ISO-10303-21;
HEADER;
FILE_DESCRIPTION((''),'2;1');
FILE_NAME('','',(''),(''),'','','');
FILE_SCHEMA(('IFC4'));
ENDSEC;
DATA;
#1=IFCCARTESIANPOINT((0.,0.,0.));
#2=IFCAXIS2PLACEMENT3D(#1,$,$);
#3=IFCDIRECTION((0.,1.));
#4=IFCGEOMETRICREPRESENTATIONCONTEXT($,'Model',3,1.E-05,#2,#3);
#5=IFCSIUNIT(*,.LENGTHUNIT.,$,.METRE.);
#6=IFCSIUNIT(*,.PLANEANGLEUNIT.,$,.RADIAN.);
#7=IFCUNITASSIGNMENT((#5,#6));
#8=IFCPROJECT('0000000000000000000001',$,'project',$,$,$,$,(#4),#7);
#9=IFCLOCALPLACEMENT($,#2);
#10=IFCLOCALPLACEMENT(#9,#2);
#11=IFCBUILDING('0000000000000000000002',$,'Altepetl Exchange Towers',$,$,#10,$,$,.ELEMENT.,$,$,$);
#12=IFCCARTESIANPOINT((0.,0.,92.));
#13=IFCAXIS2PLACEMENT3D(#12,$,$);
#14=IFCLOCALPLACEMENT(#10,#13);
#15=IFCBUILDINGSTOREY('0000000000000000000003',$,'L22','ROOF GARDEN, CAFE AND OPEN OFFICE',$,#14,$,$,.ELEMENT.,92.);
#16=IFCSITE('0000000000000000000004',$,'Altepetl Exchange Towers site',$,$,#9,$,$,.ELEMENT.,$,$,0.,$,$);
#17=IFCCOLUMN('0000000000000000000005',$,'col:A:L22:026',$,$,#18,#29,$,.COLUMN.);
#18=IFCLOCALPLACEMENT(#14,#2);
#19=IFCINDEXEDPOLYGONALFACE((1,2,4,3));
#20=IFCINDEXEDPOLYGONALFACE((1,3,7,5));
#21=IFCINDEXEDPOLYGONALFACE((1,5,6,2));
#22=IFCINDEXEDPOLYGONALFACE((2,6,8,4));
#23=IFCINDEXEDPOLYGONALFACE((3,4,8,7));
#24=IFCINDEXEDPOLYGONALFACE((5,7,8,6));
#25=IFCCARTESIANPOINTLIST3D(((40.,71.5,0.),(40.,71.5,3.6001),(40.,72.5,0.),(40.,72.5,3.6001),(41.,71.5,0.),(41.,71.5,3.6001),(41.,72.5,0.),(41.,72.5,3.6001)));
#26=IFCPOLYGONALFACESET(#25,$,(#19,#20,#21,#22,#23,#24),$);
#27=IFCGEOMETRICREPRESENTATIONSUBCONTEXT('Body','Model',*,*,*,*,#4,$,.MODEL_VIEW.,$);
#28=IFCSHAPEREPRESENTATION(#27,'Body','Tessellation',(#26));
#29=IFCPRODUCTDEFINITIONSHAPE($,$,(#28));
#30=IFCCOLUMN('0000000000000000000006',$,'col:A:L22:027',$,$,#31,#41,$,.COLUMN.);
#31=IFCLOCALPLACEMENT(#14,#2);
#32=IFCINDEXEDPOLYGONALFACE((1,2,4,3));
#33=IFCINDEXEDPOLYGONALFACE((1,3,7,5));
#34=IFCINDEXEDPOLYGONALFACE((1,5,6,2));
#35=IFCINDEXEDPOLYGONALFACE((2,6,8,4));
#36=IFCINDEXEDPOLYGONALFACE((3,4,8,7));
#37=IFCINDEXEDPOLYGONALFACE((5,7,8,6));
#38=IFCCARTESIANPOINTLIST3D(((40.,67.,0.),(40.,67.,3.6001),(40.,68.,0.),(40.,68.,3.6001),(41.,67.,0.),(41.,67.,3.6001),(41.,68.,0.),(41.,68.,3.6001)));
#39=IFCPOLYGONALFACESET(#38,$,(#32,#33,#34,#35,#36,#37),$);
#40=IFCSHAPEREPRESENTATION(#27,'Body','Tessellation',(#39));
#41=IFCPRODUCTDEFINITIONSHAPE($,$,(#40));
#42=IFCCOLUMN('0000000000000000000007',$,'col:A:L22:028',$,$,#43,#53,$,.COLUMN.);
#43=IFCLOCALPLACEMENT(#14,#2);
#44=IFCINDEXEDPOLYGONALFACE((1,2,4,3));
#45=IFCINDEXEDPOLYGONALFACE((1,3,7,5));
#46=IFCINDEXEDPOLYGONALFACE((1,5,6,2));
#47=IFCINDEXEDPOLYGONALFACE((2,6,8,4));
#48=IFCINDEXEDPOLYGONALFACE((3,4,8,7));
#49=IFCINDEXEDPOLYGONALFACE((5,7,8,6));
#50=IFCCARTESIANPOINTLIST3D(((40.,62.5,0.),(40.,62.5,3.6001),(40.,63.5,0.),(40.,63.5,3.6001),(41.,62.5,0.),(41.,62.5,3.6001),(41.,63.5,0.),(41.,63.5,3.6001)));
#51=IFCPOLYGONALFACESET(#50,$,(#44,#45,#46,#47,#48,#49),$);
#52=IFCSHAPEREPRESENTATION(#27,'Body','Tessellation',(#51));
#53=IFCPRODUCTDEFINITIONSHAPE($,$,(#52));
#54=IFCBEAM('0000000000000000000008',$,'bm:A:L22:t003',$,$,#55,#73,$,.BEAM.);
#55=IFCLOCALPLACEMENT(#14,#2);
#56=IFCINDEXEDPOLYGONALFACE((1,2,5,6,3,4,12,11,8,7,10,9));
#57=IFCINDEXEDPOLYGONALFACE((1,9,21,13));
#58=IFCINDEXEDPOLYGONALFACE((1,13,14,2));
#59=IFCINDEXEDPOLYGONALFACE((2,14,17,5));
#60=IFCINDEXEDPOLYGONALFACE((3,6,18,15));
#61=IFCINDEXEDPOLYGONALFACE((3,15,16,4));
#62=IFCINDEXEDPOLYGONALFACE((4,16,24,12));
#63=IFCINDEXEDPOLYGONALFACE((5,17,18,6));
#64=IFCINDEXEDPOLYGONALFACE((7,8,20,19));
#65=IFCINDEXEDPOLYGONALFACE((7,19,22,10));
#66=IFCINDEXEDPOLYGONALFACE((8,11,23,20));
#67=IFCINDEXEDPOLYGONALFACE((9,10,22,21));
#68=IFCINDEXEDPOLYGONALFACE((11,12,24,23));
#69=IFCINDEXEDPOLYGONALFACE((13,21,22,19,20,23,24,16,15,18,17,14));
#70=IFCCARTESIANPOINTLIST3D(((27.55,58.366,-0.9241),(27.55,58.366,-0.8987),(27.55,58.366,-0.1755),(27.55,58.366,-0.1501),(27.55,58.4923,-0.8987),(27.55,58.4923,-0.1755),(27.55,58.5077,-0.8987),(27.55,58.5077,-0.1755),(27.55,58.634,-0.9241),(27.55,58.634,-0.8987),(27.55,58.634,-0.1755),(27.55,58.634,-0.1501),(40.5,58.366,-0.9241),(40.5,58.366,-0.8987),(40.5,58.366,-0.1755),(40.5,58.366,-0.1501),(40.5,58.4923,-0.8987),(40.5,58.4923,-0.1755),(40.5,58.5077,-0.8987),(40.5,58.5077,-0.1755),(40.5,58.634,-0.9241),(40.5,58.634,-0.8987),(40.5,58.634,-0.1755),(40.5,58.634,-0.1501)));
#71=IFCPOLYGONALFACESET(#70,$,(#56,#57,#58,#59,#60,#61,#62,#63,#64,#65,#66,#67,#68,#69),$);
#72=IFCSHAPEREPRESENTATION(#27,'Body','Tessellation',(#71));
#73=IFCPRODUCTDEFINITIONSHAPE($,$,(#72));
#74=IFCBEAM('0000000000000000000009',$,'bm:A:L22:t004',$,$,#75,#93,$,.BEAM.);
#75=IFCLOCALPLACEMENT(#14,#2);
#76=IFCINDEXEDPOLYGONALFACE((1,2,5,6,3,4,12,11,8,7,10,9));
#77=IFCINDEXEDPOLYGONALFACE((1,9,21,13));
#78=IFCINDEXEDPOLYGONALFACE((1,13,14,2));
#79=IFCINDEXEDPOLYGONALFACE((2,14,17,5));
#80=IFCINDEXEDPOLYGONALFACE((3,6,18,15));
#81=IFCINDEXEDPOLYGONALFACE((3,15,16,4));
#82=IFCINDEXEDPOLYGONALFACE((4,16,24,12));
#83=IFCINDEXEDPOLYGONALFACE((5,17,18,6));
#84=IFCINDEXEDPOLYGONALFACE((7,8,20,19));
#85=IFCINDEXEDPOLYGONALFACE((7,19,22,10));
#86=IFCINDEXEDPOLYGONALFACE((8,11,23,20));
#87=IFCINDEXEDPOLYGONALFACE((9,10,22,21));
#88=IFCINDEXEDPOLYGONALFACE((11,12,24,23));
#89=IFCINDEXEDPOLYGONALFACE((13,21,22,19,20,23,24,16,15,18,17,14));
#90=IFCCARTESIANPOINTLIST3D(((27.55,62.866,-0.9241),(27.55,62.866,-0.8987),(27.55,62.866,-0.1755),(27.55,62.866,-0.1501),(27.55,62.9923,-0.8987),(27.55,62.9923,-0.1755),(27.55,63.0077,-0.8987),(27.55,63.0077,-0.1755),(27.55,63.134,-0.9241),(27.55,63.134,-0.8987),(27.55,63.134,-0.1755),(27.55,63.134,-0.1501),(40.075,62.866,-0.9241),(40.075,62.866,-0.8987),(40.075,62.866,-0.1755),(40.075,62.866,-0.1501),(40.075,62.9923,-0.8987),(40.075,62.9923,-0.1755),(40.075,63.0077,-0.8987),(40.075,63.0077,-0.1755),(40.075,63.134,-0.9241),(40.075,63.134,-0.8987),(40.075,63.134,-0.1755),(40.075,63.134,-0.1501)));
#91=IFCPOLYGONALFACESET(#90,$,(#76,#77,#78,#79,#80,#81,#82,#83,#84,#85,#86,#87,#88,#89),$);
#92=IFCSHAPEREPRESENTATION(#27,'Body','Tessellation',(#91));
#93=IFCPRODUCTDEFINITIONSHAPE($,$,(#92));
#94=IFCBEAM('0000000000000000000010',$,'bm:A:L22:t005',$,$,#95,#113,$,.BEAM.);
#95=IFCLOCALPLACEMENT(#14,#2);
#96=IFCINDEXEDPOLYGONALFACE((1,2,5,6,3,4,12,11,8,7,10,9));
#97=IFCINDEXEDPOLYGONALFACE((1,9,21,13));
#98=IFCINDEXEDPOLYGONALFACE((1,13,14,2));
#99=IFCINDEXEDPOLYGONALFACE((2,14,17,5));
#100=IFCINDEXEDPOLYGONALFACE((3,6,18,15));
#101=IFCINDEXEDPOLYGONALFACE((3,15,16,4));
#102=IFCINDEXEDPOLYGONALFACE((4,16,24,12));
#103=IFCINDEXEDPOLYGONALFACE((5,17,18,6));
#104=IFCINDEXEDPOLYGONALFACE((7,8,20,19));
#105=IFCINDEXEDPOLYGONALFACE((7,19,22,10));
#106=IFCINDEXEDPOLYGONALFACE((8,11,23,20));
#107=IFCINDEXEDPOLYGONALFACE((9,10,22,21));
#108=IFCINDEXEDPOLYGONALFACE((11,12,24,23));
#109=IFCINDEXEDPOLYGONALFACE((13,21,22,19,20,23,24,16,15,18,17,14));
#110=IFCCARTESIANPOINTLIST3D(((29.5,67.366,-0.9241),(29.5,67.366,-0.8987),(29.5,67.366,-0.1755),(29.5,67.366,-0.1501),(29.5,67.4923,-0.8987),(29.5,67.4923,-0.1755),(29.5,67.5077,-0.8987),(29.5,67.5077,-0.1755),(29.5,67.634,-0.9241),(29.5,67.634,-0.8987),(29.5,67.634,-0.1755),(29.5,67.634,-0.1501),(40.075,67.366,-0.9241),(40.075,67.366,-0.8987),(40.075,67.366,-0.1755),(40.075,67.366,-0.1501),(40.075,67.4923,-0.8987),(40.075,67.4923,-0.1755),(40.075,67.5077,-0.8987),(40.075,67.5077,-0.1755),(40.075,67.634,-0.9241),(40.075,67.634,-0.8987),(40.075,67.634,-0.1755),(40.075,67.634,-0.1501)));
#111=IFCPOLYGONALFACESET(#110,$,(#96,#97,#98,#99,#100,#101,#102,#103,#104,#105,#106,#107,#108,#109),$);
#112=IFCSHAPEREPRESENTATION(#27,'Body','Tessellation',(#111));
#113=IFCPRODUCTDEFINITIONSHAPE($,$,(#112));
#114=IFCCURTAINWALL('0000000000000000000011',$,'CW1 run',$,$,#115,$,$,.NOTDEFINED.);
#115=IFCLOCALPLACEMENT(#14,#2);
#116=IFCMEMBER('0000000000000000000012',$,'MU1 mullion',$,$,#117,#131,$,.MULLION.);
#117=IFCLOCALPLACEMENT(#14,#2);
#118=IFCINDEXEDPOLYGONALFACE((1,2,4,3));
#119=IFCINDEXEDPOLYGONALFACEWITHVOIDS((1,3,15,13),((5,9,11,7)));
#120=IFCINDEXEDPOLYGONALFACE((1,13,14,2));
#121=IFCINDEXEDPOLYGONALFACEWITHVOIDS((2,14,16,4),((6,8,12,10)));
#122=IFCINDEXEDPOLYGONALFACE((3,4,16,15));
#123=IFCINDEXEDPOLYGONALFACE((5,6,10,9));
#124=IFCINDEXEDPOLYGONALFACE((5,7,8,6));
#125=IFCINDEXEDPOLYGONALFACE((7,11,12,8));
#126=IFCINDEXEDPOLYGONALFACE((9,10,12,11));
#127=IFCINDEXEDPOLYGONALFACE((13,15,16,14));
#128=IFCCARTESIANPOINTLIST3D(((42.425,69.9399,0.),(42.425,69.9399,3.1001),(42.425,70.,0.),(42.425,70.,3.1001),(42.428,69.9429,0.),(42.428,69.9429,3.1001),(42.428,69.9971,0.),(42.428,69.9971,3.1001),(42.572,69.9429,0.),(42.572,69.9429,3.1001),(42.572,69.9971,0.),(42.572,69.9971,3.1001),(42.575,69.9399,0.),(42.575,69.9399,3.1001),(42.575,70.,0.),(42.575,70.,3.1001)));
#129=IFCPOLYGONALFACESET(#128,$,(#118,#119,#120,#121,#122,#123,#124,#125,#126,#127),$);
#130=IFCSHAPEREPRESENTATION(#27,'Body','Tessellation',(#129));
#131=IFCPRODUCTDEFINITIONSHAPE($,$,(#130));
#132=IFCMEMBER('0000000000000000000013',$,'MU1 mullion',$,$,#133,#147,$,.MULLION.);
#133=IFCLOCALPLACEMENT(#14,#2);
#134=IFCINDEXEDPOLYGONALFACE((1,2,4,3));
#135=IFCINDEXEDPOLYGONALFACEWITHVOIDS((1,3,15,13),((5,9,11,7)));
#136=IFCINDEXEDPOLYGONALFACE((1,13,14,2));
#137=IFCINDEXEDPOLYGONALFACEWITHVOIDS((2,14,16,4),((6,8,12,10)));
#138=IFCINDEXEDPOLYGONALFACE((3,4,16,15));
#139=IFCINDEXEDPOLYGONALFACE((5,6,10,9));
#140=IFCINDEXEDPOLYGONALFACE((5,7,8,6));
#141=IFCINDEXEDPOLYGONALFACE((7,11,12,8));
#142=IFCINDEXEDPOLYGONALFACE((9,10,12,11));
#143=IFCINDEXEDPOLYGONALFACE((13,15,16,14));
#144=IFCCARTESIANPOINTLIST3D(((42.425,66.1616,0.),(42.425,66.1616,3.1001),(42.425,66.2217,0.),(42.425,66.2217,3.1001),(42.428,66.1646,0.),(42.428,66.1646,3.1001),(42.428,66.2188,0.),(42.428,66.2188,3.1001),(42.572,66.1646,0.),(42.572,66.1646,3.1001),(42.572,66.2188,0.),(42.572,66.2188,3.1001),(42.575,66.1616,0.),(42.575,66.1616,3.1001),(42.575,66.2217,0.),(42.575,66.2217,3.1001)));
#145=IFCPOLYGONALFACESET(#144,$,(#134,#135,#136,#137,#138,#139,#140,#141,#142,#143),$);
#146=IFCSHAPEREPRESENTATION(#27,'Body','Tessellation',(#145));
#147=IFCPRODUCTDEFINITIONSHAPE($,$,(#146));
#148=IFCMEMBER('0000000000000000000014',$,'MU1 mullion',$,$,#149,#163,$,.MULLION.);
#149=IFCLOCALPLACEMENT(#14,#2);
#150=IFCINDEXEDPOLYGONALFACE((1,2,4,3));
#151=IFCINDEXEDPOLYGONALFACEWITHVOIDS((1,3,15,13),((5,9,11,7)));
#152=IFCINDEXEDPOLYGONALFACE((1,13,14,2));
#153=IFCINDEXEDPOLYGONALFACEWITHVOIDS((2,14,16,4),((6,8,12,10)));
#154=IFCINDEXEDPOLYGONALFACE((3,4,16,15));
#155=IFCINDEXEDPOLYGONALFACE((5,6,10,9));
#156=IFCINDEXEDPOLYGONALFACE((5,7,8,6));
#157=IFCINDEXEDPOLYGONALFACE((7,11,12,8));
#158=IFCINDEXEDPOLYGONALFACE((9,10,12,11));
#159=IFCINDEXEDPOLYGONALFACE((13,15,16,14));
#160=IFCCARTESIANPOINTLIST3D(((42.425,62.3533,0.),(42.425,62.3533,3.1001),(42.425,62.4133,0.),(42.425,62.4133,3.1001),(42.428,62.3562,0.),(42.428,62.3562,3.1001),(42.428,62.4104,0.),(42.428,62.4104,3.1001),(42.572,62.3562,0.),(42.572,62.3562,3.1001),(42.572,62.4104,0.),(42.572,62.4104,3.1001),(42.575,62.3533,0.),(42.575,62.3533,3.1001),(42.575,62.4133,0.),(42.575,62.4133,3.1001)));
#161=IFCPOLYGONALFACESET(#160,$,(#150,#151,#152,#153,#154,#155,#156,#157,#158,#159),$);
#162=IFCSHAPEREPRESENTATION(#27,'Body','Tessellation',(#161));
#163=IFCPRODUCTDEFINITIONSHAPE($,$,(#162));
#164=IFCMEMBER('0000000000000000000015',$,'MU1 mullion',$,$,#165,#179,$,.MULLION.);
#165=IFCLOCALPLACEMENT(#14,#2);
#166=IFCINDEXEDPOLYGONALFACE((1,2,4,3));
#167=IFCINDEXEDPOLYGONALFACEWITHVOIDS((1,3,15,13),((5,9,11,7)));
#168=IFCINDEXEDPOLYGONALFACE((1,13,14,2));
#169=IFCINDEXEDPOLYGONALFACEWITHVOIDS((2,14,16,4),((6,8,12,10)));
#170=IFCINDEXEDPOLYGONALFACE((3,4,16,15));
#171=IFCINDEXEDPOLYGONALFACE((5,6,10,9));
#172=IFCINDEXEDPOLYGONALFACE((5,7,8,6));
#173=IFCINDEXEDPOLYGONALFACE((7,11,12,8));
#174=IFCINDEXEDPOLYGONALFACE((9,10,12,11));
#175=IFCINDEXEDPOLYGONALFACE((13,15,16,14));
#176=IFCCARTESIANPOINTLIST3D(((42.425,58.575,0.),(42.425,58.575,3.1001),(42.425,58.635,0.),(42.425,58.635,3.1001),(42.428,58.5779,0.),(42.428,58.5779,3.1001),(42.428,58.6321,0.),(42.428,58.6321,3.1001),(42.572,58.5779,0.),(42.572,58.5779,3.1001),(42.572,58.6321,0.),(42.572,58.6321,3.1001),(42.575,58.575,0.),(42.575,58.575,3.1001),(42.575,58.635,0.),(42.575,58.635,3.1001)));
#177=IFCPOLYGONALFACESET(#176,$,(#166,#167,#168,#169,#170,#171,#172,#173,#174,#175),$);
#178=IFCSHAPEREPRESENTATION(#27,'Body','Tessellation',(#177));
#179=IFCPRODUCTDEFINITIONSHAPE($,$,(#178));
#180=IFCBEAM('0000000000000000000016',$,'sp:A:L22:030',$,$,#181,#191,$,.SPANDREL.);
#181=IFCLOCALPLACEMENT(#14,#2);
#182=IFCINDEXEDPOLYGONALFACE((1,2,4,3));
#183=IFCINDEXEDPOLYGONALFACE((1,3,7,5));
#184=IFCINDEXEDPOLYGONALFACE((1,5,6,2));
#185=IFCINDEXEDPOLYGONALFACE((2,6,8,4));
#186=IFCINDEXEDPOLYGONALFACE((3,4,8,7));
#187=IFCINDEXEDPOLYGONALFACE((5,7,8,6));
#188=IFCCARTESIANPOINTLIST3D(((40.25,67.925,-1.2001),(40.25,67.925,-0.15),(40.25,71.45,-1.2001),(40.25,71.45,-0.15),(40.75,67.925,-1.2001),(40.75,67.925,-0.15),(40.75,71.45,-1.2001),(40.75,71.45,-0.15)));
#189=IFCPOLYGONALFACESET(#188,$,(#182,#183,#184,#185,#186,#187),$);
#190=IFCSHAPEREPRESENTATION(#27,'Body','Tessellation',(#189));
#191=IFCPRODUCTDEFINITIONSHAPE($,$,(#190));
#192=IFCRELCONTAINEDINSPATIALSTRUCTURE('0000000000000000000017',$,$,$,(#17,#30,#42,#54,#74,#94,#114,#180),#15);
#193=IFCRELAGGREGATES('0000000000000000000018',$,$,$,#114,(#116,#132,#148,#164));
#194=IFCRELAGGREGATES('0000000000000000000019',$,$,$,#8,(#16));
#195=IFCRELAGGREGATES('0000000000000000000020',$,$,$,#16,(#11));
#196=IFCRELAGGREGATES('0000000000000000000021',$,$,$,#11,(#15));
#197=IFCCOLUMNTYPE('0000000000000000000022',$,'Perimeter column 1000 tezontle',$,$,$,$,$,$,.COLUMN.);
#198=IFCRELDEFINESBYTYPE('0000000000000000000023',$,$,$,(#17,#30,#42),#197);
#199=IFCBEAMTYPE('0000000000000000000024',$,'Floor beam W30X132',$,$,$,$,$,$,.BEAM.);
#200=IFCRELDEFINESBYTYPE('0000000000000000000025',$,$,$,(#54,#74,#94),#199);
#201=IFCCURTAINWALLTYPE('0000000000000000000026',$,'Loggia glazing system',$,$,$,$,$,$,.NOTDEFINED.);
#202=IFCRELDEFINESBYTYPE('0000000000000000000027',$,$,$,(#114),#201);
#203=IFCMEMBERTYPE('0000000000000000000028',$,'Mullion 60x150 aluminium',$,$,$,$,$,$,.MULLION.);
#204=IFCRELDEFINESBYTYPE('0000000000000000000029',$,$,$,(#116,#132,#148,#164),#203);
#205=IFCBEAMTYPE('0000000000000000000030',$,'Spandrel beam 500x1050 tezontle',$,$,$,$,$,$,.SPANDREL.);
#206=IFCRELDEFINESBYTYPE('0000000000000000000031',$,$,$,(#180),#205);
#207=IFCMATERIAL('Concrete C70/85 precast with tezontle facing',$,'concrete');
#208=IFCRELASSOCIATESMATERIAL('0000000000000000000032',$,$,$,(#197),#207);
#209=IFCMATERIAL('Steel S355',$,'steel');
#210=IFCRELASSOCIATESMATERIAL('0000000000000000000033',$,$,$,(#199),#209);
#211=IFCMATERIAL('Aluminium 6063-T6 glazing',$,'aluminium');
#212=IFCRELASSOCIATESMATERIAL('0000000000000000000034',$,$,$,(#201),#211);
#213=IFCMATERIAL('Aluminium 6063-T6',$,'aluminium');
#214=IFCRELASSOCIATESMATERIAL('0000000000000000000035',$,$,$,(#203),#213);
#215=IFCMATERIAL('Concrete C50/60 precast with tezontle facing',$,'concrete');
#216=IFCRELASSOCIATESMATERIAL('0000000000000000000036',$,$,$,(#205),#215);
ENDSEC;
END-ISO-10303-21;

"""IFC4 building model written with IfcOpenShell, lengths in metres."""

from ifc_helpers import new_model, si_unit, direction, frame, origin, origin_2d, place, context, subcontext, project, spatial, rectangle, hollow_rectangle, i_section, extrude, material, material_profile, profile_set, type_object, element, aggregate, save


model = new_model("IFC4")

# Units and contexts
model_context = context("Model", 3, precision=1e-05, world=origin(), true_north=direction((0.0, 1.0)))
body_context = subcontext(model_context, "Body", "Model", "MODEL_VIEW")
ifc_project = project(units=[si_unit("LENGTHUNIT", "METRE"), si_unit("PLANEANGLEUNIT", "RADIAN")], contexts=[model_context])

# Site, building, storey
site_placement = place(None, origin())
site = spatial("IfcSite", under=ifc_project, at=site_placement, Name="Altepetl Exchange Towers site", CompositionType="ELEMENT", RefElevation=0.0)
building_placement = place(site_placement, origin())
building = spatial("IfcBuilding", under=site, at=building_placement, Name="Altepetl Exchange Towers", CompositionType="ELEMENT")
storey_placement = place(building_placement, frame((0.0, 0.0, 92.0)))
storey = spatial("IfcBuildingStorey", under=building, at=storey_placement, Name="L22", Description="ROOF GARDEN, CAFE AND OPEN OFFICE", CompositionType="ELEMENT", Elevation=92.0)

# Columns
ifc_material_1 = material(Name="Concrete C70/85 precast with tezontle facing", Category="concrete")
ifc_material_profile_1 = material_profile(ifc_material_1, rectangle(XDim=1.0, YDim=1.0, at=origin_2d()), Name="1000 x 1000")
ifc_profile_set_1 = profile_set([ifc_material_profile_1], Name="Concrete C70/85 precast with tezontle facing")
column_type = type_object("IfcColumnType", Name="Perimeter column 1000 tezontle", PredefinedType="COLUMN", material=ifc_profile_set_1)
for number, where, name in (
    (1, (40.5, 72.0, 0.0), "col:A:L22:026"),
    (2, (40.5, 67.5, 0.0), "col:A:L22:027"),
    (3, (40.5, 63.0, 0.0), "col:A:L22:028"),
):
    element("IfcColumn", number, at=place(storey_placement, frame(where)), inside=storey, type_object=column_type, Name=name, PredefinedType="COLUMN", context=body_context, shape_type="SweptSolid", body=[
        extrude(rectangle(XDim=1.0, YDim=1.0, at=origin_2d()), origin(), (0.0, 0.0, 1.0), 3.6001),
    ])

# Beams
ifc_material_2 = material(Name="Steel S355", Category="steel")
ifc_material_profile_2 = material_profile(ifc_material_2, i_section(OverallWidth=0.2681, OverallDepth=0.7739, WebThickness=0.0154, FlangeThickness=0.0254, at=origin_2d()), Name="W30X132")
ifc_profile_set_2 = profile_set([ifc_material_profile_2], Name="Steel S355")
beam_type_1 = type_object("IfcBeamType", Name="Floor beam W30X132", PredefinedType="BEAM", material=ifc_profile_set_2)
beam_1_placement = place(storey_placement, frame((27.55, 58.5, -0.5371), z_axis=(1.0, 0.0, 0.0), x_axis=(0.0, 1.0, 0.0)))
element("IfcBeam", 4, at=beam_1_placement, inside=storey, type_object=beam_type_1, Name="bm:A:L22:t003", PredefinedType="BEAM", context=body_context, shape_type="SweptSolid", body=[
    extrude(i_section(OverallWidth=0.2681, OverallDepth=0.7739, WebThickness=0.0154, FlangeThickness=0.0254, at=origin_2d()), origin(), (0.0, 0.0, 1.0), 12.95),
])
beam_2_placement = place(storey_placement, frame((27.55, 63.0, -0.5371), z_axis=(1.0, 0.0, 0.0), x_axis=(0.0, 1.0, 0.0)))
element("IfcBeam", 5, at=beam_2_placement, inside=storey, type_object=beam_type_1, Name="bm:A:L22:t004", PredefinedType="BEAM", context=body_context, shape_type="SweptSolid", body=[
    extrude(i_section(OverallWidth=0.2681, OverallDepth=0.7739, WebThickness=0.0154, FlangeThickness=0.0254, at=origin_2d()), origin(), (0.0, 0.0, 1.0), 12.5249),
])
beam_3_placement = place(storey_placement, frame((29.5, 67.5, -0.5371), z_axis=(1.0, 0.0, 0.0), x_axis=(0.0, 1.0, 0.0)))
element("IfcBeam", 6, at=beam_3_placement, inside=storey, type_object=beam_type_1, Name="bm:A:L22:t005", PredefinedType="BEAM", context=body_context, shape_type="SweptSolid", body=[
    extrude(i_section(OverallWidth=0.2681, OverallDepth=0.7739, WebThickness=0.0154, FlangeThickness=0.0254, at=origin_2d()), origin(), (0.0, 0.0, 1.0), 10.575),
])

# Curtain wall, members
ifc_material_3 = material(Name="Aluminium 6063-T6 glazing", Category="aluminium")
curtain_wall_type = type_object("IfcCurtainWallType", Name="Loggia glazing system", PredefinedType="NOTDEFINED", material=ifc_material_3)
curtain_wall_placement = place(storey_placement, origin())
curtain_wall = element("IfcCurtainWall", 7, at=curtain_wall_placement, inside=storey, type_object=curtain_wall_type, Name="CW1 run", PredefinedType="NOTDEFINED")
ifc_material_4 = material(Name="Aluminium 6063-T6", Category="aluminium")
ifc_material_profile_3 = material_profile(ifc_material_4, hollow_rectangle(XDim=0.0601, YDim=0.1499, WallThickness=0.0029, at=origin_2d()), Name="Mullion 60x150 aluminium")
ifc_profile_set_3 = profile_set([ifc_material_profile_3], Name="Aluminium 6063-T6")
member_type = type_object("IfcMemberType", Name="Mullion 60x150 aluminium", PredefinedType="MULLION", material=ifc_profile_set_3)
member_1_placement = place(storey_placement, frame((42.5, 69.97, 0.0), z_axis=(0.0, 0.0, 1.0), x_axis=(0.0, -1.0, 0.0)))
member_1 = element("IfcMember", 8, at=member_1_placement, type_object=member_type, Name="MU1 mullion", PredefinedType="MULLION", context=body_context, shape_type="SweptSolid", body=[
    extrude(hollow_rectangle(XDim=0.0601, YDim=0.1499, WallThickness=0.0029, at=origin_2d()), origin(), (0.0, 0.0, 1.0), 3.1001),
])
member_2_placement = place(storey_placement, frame((42.5, 66.1917, 0.0), z_axis=(0.0, 0.0, 1.0), x_axis=(0.0, -1.0, 0.0)))
member_2 = element("IfcMember", 9, at=member_2_placement, type_object=member_type, Name="MU1 mullion", PredefinedType="MULLION", context=body_context, shape_type="SweptSolid", body=[
    extrude(hollow_rectangle(XDim=0.0601, YDim=0.1499, WallThickness=0.0029, at=origin_2d()), origin(), (0.0, 0.0, 1.0), 3.1001),
])
member_3_placement = place(storey_placement, frame((42.5, 62.3833, 0.0), z_axis=(0.0, 0.0, 1.0), x_axis=(0.0, -1.0, 0.0)))
member_3 = element("IfcMember", 10, at=member_3_placement, type_object=member_type, Name="MU1 mullion", PredefinedType="MULLION", context=body_context, shape_type="SweptSolid", body=[
    extrude(hollow_rectangle(XDim=0.0601, YDim=0.1499, WallThickness=0.0029, at=origin_2d()), origin(), (0.0, 0.0, 1.0), 3.1001),
])
member_4_placement = place(storey_placement, frame((42.5, 58.605, 0.0), z_axis=(0.0, 0.0, 1.0), x_axis=(0.0, -1.0, 0.0)))
member_4 = element("IfcMember", 11, at=member_4_placement, type_object=member_type, Name="MU1 mullion", PredefinedType="MULLION", context=body_context, shape_type="SweptSolid", body=[
    extrude(hollow_rectangle(XDim=0.0601, YDim=0.1499, WallThickness=0.0029, at=origin_2d()), origin(), (0.0, 0.0, 1.0), 3.1001),
])

# Beam
ifc_material_5 = material(Name="Concrete C50/60 precast with tezontle facing", Category="concrete")
ifc_material_profile_4 = material_profile(ifc_material_5, rectangle(XDim=0.5, YDim=1.05, at=origin_2d()), Name="500 x 1050")
ifc_profile_set_4 = profile_set([ifc_material_profile_4], Name="Concrete C50/60 precast with tezontle facing")
beam_type_2 = type_object("IfcBeamType", Name="Spandrel beam 500x1050 tezontle", PredefinedType="SPANDREL", material=ifc_profile_set_4)
beam_4_placement = place(storey_placement, frame((40.5, 71.45, -0.675), z_axis=(0.0, -1.0, 0.0), x_axis=(1.0, 0.0, 0.0)))
element("IfcBeam", 12, at=beam_4_placement, inside=storey, type_object=beam_type_2, Name="sp:A:L22:030", PredefinedType="SPANDREL", context=body_context, shape_type="SweptSolid", body=[
    extrude(rectangle(XDim=0.5, YDim=1.05, at=origin_2d()), origin(), (0.0, 0.0, 1.0), 3.5249),
])

aggregate(curtain_wall, [member_1, member_2, member_3, member_4])

save(model, "model.ifc")
